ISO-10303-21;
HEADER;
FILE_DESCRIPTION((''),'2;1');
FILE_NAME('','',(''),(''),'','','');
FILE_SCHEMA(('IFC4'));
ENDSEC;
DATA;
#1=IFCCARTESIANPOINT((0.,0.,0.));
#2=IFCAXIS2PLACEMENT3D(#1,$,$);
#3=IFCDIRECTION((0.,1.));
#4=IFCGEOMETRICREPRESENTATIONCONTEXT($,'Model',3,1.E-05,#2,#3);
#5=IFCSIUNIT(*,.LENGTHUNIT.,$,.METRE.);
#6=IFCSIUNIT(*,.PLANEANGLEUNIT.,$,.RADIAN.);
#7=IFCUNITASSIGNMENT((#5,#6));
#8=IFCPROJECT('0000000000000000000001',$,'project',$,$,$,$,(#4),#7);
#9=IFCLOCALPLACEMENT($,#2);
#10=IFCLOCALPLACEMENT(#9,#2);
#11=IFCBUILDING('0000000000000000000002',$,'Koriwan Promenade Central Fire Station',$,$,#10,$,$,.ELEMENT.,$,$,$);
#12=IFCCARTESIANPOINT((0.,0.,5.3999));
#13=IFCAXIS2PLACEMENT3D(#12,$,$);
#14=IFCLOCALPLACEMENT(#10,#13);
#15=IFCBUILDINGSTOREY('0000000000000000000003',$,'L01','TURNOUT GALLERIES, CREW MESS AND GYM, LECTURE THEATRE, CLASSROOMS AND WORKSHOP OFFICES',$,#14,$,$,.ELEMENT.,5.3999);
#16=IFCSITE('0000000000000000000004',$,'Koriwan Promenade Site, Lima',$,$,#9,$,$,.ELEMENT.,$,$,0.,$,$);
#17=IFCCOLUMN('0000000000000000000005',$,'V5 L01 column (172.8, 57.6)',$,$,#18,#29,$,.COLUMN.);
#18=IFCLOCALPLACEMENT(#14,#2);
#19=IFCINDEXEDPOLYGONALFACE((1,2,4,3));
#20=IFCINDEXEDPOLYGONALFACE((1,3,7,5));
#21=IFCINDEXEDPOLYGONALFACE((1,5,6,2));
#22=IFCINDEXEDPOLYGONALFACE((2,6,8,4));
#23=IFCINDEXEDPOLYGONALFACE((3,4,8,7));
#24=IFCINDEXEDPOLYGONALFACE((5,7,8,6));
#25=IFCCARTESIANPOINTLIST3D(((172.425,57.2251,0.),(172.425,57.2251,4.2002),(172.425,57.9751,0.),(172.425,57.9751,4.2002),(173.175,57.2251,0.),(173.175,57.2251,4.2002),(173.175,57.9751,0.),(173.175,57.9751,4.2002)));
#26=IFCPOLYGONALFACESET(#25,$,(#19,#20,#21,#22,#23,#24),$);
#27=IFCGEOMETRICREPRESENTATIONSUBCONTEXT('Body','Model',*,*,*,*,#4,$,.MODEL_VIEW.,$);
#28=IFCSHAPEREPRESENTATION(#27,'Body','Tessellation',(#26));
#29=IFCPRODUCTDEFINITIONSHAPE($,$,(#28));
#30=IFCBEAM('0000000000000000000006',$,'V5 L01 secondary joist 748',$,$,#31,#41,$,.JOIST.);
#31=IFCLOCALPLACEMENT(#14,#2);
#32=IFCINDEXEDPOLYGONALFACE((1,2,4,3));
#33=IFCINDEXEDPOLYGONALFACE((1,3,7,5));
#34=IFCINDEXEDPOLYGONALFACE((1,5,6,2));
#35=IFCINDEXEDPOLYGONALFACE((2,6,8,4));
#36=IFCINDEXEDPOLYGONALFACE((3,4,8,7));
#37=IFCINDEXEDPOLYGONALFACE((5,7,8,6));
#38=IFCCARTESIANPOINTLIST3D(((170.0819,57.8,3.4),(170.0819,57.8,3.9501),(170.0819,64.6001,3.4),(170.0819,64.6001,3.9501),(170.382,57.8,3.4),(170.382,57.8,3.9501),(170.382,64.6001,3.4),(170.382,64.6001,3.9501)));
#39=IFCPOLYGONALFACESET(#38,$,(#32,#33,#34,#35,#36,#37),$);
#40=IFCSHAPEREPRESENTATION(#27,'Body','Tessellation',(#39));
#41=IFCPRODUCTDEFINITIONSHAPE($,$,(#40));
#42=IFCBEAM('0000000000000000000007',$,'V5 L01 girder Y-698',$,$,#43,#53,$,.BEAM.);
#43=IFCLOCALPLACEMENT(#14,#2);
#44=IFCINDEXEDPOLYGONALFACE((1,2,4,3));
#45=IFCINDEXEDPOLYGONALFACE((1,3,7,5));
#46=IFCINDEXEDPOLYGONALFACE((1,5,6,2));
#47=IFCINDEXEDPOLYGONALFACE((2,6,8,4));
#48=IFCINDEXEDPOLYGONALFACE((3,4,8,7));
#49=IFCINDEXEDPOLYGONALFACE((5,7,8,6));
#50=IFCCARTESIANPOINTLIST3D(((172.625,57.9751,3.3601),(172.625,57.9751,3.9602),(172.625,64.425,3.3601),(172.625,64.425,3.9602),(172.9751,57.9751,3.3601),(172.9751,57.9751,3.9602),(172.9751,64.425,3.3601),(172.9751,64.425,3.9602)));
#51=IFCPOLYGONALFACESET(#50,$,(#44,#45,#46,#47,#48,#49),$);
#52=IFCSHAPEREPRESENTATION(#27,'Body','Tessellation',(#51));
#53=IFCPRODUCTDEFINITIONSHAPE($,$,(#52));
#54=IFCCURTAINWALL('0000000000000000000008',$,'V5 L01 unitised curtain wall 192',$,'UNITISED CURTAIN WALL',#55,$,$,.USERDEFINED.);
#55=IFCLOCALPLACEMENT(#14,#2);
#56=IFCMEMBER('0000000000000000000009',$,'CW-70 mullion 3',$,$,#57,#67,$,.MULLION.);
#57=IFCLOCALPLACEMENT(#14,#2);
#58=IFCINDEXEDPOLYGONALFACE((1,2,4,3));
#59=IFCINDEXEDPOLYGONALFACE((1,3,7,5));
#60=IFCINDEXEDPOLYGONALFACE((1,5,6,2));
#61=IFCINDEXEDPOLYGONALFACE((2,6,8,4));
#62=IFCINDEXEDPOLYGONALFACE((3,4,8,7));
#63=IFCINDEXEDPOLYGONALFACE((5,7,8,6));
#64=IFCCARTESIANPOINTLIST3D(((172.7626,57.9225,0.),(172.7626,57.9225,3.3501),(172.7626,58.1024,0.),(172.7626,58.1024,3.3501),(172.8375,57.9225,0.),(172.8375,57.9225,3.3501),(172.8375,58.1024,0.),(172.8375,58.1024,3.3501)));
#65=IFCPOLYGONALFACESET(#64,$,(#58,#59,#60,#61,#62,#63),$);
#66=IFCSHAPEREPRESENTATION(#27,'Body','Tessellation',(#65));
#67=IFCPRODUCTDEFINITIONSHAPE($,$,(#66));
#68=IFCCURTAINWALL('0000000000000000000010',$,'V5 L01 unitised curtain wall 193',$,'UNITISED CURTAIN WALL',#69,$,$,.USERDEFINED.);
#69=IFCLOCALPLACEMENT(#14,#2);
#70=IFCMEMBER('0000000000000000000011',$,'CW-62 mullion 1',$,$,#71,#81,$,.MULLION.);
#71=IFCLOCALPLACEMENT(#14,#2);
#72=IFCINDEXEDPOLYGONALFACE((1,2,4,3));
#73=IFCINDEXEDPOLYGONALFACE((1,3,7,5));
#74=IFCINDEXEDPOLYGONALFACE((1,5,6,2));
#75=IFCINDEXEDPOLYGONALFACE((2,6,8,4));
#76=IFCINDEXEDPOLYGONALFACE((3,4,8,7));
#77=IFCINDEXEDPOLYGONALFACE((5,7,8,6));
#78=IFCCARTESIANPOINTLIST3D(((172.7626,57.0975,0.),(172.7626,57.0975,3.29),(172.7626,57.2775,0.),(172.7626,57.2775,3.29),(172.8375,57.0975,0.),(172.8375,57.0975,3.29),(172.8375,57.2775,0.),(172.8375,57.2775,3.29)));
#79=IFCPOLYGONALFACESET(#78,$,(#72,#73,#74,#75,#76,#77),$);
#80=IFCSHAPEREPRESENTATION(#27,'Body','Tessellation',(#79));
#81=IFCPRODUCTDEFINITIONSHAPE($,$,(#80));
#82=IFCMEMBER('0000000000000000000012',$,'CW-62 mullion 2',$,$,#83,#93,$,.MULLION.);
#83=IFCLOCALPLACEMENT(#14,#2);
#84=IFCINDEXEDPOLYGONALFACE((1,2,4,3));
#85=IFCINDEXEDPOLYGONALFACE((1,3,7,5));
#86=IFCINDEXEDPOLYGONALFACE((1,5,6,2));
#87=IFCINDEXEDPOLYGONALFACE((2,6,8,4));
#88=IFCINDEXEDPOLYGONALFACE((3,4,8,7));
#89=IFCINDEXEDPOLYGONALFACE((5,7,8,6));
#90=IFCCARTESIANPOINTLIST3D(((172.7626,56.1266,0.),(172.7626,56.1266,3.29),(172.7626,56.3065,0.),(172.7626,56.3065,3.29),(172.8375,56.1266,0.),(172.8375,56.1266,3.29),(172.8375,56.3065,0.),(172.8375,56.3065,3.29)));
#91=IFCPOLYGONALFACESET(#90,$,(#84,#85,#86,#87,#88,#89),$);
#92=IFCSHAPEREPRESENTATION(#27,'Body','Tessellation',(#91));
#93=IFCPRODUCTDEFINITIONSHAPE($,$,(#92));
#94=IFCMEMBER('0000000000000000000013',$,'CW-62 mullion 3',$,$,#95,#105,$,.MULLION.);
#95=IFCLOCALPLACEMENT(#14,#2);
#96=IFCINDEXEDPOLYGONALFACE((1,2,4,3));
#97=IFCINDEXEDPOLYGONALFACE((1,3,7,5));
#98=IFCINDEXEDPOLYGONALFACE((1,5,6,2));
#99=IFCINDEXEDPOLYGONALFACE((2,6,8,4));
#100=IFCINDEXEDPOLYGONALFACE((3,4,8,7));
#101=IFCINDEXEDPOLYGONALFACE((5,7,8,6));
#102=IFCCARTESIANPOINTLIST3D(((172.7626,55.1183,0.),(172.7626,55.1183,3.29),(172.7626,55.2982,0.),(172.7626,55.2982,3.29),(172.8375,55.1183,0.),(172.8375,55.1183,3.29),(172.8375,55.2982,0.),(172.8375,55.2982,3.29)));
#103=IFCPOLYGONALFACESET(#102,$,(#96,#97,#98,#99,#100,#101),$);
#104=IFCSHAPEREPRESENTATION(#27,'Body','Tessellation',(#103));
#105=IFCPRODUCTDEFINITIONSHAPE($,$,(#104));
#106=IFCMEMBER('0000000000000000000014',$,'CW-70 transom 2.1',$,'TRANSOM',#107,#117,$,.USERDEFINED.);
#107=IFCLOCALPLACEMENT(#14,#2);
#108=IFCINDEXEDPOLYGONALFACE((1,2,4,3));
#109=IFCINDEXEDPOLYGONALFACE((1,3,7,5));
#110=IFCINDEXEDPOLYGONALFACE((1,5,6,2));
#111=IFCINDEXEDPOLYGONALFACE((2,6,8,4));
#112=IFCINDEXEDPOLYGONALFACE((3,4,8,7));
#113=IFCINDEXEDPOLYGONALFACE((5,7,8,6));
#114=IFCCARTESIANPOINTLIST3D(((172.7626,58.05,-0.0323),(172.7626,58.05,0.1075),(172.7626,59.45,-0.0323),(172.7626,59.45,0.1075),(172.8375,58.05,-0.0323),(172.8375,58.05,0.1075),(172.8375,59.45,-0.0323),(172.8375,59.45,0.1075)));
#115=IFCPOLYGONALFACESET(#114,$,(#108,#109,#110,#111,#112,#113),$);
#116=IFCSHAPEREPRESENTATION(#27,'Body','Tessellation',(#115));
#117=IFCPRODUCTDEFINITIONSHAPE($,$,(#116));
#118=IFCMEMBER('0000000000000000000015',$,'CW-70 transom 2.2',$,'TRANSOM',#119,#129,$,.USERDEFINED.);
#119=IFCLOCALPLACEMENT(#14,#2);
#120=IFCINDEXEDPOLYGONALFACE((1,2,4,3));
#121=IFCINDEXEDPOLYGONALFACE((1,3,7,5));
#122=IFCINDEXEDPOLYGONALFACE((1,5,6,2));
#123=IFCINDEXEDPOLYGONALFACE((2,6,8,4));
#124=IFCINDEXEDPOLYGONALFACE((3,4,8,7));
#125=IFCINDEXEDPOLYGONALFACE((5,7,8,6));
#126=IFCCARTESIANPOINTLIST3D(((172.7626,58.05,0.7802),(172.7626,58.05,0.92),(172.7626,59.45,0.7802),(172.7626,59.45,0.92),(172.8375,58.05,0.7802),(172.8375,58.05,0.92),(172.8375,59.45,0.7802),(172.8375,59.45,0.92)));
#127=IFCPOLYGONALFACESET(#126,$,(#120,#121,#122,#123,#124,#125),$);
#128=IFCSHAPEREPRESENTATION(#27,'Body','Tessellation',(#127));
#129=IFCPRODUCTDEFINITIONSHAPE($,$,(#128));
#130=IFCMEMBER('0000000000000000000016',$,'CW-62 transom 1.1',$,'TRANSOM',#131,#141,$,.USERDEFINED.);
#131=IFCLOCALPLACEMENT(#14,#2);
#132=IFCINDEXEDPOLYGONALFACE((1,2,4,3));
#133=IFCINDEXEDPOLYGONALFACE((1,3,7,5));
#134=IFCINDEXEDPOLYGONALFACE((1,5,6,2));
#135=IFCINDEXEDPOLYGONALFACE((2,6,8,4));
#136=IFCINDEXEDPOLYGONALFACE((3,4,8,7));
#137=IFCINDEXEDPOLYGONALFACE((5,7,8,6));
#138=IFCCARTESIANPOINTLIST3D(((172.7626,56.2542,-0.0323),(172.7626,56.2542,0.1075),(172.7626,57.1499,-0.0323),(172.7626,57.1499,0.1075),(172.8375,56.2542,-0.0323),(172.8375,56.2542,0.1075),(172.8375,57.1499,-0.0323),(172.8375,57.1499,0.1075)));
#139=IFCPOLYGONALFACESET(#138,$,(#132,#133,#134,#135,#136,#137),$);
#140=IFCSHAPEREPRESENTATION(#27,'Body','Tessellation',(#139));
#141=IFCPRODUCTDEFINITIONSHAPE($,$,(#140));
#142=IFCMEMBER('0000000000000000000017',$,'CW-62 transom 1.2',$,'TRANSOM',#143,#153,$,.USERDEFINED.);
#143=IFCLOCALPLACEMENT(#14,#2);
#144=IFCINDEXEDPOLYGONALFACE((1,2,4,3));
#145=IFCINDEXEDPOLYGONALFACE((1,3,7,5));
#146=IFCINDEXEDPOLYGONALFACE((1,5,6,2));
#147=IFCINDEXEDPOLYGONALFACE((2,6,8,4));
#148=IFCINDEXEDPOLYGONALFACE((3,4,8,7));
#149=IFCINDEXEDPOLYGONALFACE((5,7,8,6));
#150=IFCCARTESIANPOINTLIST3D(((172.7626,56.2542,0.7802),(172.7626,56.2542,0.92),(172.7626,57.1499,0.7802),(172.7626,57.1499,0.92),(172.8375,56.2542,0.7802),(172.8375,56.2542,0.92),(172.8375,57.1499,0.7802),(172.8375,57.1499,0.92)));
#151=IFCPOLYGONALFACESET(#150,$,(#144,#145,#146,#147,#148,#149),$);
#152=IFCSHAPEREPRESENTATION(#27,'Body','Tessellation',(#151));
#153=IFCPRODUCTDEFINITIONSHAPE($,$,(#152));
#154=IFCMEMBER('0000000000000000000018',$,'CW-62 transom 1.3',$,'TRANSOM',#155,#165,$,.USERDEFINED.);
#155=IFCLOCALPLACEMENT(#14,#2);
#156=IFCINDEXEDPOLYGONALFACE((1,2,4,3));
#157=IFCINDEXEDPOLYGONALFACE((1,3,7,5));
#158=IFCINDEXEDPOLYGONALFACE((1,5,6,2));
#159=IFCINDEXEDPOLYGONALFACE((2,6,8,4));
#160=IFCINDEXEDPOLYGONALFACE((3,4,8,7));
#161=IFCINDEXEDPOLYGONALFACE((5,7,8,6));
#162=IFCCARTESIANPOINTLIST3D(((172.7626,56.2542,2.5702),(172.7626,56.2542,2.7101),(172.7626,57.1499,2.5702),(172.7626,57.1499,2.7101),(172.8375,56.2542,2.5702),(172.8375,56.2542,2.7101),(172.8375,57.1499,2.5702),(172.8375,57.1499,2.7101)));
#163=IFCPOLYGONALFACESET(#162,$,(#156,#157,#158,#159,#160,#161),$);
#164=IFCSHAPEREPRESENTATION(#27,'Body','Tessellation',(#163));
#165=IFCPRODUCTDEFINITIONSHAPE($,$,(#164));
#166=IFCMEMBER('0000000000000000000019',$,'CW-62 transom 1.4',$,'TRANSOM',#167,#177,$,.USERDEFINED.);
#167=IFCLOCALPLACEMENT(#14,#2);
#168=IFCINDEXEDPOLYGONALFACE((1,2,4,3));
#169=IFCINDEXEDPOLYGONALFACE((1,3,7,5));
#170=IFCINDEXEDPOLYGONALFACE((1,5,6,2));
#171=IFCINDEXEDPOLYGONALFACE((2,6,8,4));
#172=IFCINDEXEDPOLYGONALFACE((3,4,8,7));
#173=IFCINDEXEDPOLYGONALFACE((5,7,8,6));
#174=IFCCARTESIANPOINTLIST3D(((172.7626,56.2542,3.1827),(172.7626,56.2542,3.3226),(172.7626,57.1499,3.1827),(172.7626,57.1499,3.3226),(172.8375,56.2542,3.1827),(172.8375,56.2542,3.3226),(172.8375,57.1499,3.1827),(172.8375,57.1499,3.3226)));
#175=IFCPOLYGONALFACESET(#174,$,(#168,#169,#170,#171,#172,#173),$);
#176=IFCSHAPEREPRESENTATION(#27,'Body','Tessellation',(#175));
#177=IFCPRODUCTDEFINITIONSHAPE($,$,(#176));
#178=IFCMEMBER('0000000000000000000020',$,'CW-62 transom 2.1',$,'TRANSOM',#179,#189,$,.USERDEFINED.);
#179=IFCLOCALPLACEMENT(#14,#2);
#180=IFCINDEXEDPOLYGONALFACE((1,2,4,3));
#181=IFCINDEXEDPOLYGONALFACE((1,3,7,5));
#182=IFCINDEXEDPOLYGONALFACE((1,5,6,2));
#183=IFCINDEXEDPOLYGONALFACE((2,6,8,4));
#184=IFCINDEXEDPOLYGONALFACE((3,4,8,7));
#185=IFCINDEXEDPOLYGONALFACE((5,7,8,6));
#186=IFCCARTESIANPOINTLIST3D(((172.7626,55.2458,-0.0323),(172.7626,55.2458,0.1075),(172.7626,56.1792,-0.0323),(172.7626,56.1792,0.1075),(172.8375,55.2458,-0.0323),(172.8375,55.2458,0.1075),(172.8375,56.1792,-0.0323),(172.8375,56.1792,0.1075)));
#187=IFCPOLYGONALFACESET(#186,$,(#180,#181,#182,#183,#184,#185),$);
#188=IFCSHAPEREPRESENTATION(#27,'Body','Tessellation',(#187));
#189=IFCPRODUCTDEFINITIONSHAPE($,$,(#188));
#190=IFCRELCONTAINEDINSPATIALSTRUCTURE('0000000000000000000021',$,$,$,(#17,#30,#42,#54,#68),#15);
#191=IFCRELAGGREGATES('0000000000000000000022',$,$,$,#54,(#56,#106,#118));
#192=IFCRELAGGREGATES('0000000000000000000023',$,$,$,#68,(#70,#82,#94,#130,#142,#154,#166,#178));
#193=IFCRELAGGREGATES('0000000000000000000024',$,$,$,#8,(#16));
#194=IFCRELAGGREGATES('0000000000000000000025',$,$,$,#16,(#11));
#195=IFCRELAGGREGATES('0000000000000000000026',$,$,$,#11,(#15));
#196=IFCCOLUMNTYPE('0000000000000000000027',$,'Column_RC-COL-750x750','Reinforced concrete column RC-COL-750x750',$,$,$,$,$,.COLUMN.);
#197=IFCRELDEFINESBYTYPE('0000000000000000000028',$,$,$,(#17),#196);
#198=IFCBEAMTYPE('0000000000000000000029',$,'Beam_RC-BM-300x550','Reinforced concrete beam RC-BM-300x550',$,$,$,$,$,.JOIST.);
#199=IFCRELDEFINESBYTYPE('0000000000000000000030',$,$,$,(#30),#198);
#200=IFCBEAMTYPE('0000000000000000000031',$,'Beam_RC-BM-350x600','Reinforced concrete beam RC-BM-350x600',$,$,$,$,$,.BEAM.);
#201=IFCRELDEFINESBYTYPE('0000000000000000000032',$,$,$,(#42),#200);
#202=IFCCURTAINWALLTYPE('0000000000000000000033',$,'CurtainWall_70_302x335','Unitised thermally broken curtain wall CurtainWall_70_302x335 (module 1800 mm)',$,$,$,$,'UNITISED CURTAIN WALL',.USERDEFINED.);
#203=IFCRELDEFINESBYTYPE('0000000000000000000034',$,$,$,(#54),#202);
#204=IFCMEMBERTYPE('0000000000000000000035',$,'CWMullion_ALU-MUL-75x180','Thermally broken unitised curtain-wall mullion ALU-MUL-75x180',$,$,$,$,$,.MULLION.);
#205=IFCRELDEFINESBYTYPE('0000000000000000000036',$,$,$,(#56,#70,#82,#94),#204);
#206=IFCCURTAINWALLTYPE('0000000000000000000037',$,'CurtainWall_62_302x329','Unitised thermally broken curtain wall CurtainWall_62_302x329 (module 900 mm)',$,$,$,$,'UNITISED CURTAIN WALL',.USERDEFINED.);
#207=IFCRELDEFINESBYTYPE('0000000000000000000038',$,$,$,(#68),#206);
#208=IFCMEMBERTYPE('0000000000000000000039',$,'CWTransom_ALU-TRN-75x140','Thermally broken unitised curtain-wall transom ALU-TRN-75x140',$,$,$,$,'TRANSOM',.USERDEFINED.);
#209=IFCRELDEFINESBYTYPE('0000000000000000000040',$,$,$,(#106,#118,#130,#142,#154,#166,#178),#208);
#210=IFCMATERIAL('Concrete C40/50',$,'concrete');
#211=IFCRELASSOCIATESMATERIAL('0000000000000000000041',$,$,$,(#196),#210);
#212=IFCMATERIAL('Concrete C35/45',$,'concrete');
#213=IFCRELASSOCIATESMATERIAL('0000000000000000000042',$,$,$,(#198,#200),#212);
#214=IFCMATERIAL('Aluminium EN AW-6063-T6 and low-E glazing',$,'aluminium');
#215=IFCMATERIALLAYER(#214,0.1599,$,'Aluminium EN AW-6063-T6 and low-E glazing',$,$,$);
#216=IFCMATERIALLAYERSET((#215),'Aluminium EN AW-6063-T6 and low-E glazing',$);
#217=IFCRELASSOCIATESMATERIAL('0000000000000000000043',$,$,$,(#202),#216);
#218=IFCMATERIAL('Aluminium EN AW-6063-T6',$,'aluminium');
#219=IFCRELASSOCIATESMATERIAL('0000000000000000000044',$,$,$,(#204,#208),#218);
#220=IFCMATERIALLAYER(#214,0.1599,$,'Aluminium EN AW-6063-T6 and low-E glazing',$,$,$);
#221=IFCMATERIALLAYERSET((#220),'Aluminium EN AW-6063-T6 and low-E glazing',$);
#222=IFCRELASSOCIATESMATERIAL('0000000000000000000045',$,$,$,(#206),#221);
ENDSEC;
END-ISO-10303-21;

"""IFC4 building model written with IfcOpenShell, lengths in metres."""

from ifc_helpers import new_model, si_unit, direction, frame, origin, origin_2d, place, context, subcontext, project, spatial, rectangle, extrude, material, layer, layer_set, material_profile, profile_set, type_object, element, aggregate, save


model = new_model("IFC4")

# Units and contexts
model_context = context("Model", 3, precision=1e-05, world=origin(), true_north=direction((0.0, 1.0)))
body_context = subcontext(model_context, "Body", "Model", "MODEL_VIEW")
ifc_project = project(units=[si_unit("LENGTHUNIT", "METRE"), si_unit("PLANEANGLEUNIT", "RADIAN")], contexts=[model_context])

# Site, building, storey
site_placement = place(None, origin())
site = spatial("IfcSite", under=ifc_project, at=site_placement, Name="Koriwan Promenade Site, Lima", CompositionType="ELEMENT", RefElevation=0.0)
building_placement = place(site_placement, origin())
building = spatial("IfcBuilding", under=site, at=building_placement, Name="Koriwan Promenade Central Fire Station", CompositionType="ELEMENT")
storey_placement = place(building_placement, frame((0.0, 0.0, 5.3999)))
storey = spatial("IfcBuildingStorey", under=building, at=storey_placement, Name="L01", Description="TURNOUT GALLERIES, CREW MESS AND GYM, LECTURE THEATRE, CLASSROOMS AND WORKSHOP OFFICES", CompositionType="ELEMENT", Elevation=5.3999)

# Column
ifc_material_1 = material(Name="Concrete C40/50", Category="concrete")
ifc_material_profile_1 = material_profile(ifc_material_1, rectangle(XDim=0.75, YDim=0.75, at=origin_2d()), Name="RC-COL-750x750")
ifc_profile_set_1 = profile_set([ifc_material_profile_1], Name="Concrete C40/50")
column_type = type_object("IfcColumnType", Name="Column_RC-COL-750x750", Description="Reinforced concrete column RC-COL-750x750", PredefinedType="COLUMN", material=ifc_profile_set_1)
column_placement = place(storey_placement, frame((172.8, 57.6001, 0.0), z_axis=(0.0, 0.0, 1.0), x_axis=(1.0, 0.0, 0.0)))
element("IfcColumn", 1, at=column_placement, inside=storey, type_object=column_type, Name="V5 L01 column (172.8, 57.6)", PredefinedType="COLUMN", context=body_context, shape_type="SweptSolid", body=[
    extrude(rectangle(XDim=0.75, YDim=0.75, at=origin_2d()), origin(), (0.0, 0.0, 1.0), 4.2002),
])

# Beams
ifc_material_2 = material(Name="Concrete C35/45", Category="concrete")
ifc_material_profile_2 = material_profile(ifc_material_2, rectangle(XDim=0.3, YDim=0.55, at=origin_2d()), Name="RC-BM-300x550")
ifc_profile_set_2 = profile_set([ifc_material_profile_2], Name="Concrete C35/45")
beam_type_1 = type_object("IfcBeamType", Name="Beam_RC-BM-300x550", Description="Reinforced concrete beam RC-BM-300x550", PredefinedType="JOIST", material=ifc_profile_set_2)
beam_1_placement = place(storey_placement, frame((170.2319, 57.8, 3.675), z_axis=(0.0, 1.0, 0.0), x_axis=(-1.0, 0.0, 0.0)))
element("IfcBeam", 2, at=beam_1_placement, inside=storey, type_object=beam_type_1, Name="V5 L01 secondary joist 748", PredefinedType="JOIST", context=body_context, shape_type="SweptSolid", body=[
    extrude(rectangle(XDim=0.3, YDim=0.55, at=origin_2d()), origin(), (0.0, 0.0, 1.0), 6.8),
])
ifc_material_profile_3 = material_profile(ifc_material_2, rectangle(XDim=0.3501, YDim=0.6001, at=origin_2d()), Name="RC-BM-350x600")
ifc_profile_set_3 = profile_set([ifc_material_profile_3], Name="Concrete C35/45")
beam_type_2 = type_object("IfcBeamType", Name="Beam_RC-BM-350x600", Description="Reinforced concrete beam RC-BM-350x600", PredefinedType="BEAM", material=ifc_profile_set_3)
beam_2_placement = place(storey_placement, frame((172.8, 57.9751, 3.6602), z_axis=(0.0, 1.0, 0.0), x_axis=(-1.0, 0.0, 0.0)))
element("IfcBeam", 3, at=beam_2_placement, inside=storey, type_object=beam_type_2, Name="V5 L01 girder Y-698", PredefinedType="BEAM", context=body_context, shape_type="SweptSolid", body=[
    extrude(rectangle(XDim=0.3501, YDim=0.6001, at=origin_2d()), origin(), (0.0, 0.0, 1.0), 6.45),
])

# Curtain wall, member
ifc_material_3 = material(Name="Aluminium EN AW-6063-T6 and low-E glazing", Category="aluminium")
ifc_layer_1 = layer(ifc_material_3, 0.1599, Name="Aluminium EN AW-6063-T6 and low-E glazing")
ifc_layer_set_1 = layer_set([ifc_layer_1], Name="Aluminium EN AW-6063-T6 and low-E glazing")
curtain_wall_type_1 = type_object("IfcCurtainWallType", Name="CurtainWall_70_302x335", Description="Unitised thermally broken curtain wall CurtainWall_70_302x335 (module 1800 mm)", ElementType="UNITISED CURTAIN WALL", PredefinedType="USERDEFINED", material=ifc_layer_set_1)
curtain_wall_1_placement = place(storey_placement, origin())
curtain_wall_1 = element("IfcCurtainWall", 4, at=curtain_wall_1_placement, inside=storey, type_object=curtain_wall_type_1, Name="V5 L01 unitised curtain wall 192", ObjectType="UNITISED CURTAIN WALL", PredefinedType="USERDEFINED")
ifc_material_4 = material(Name="Aluminium EN AW-6063-T6", Category="aluminium")
ifc_material_profile_4 = material_profile(ifc_material_4, rectangle(XDim=0.075, YDim=0.1799, at=origin_2d()), Name="ALU-MUL-75x180")
ifc_profile_set_4 = profile_set([ifc_material_profile_4], Name="Aluminium EN AW-6063-T6")
member_type_1 = type_object("IfcMemberType", Name="CWMullion_ALU-MUL-75x180", Description="Thermally broken unitised curtain-wall mullion ALU-MUL-75x180", PredefinedType="MULLION", material=ifc_profile_set_4)
member_1_placement = place(storey_placement, frame((172.8, 58.0125, 0.0), z_axis=(0.0, 0.0, 1.0), x_axis=(1.0, 0.0, 0.0)))
member_1 = element("IfcMember", 5, at=member_1_placement, type_object=member_type_1, Name="CW-70 mullion 3", PredefinedType="MULLION", context=body_context, shape_type="SweptSolid", body=[
    extrude(rectangle(XDim=0.075, YDim=0.1799, at=origin_2d()), origin(), (0.0, 0.0, 1.0), 3.3501),
])

# Curtain wall, members
ifc_layer_2 = layer(ifc_material_3, 0.1599, Name="Aluminium EN AW-6063-T6 and low-E glazing")
ifc_layer_set_2 = layer_set([ifc_layer_2], Name="Aluminium EN AW-6063-T6 and low-E glazing")
curtain_wall_type_2 = type_object("IfcCurtainWallType", Name="CurtainWall_62_302x329", Description="Unitised thermally broken curtain wall CurtainWall_62_302x329 (module 900 mm)", ElementType="UNITISED CURTAIN WALL", PredefinedType="USERDEFINED", material=ifc_layer_set_2)
curtain_wall_2_placement = place(storey_placement, origin())
curtain_wall_2 = element("IfcCurtainWall", 6, at=curtain_wall_2_placement, inside=storey, type_object=curtain_wall_type_2, Name="V5 L01 unitised curtain wall 193", ObjectType="UNITISED CURTAIN WALL", PredefinedType="USERDEFINED")
member_2_placement = place(storey_placement, frame((172.8, 57.1875, 0.0), z_axis=(0.0, 0.0, 1.0), x_axis=(1.0, 0.0, 0.0)))
member_2 = element("IfcMember", 7, at=member_2_placement, type_object=member_type_1, Name="CW-62 mullion 1", PredefinedType="MULLION", context=body_context, shape_type="SweptSolid", body=[
    extrude(rectangle(XDim=0.075, YDim=0.1799, at=origin_2d()), origin(), (0.0, 0.0, 1.0), 3.29),
])
member_3_placement = place(storey_placement, frame((172.8, 56.2166, 0.0), z_axis=(0.0, 0.0, 1.0), x_axis=(1.0, 0.0, 0.0)))
member_3 = element("IfcMember", 8, at=member_3_placement, type_object=member_type_1, Name="CW-62 mullion 2", PredefinedType="MULLION", context=body_context, shape_type="SweptSolid", body=[
    extrude(rectangle(XDim=0.075, YDim=0.1799, at=origin_2d()), origin(), (0.0, 0.0, 1.0), 3.29),
])
member_4_placement = place(storey_placement, frame((172.8, 55.2083, 0.0), z_axis=(0.0, 0.0, 1.0), x_axis=(1.0, 0.0, 0.0)))
member_4 = element("IfcMember", 9, at=member_4_placement, type_object=member_type_1, Name="CW-62 mullion 3", PredefinedType="MULLION", context=body_context, shape_type="SweptSolid", body=[
    extrude(rectangle(XDim=0.075, YDim=0.1799, at=origin_2d()), origin(), (0.0, 0.0, 1.0), 3.29),
])

# Members
ifc_material_profile_5 = material_profile(ifc_material_4, rectangle(XDim=0.075, YDim=0.1399, at=origin_2d()), Name="ALU-TRN-75x140")
ifc_profile_set_5 = profile_set([ifc_material_profile_5], Name="Aluminium EN AW-6063-T6")
member_type_2 = type_object("IfcMemberType", Name="CWTransom_ALU-TRN-75x140", Description="Thermally broken unitised curtain-wall transom ALU-TRN-75x140", ElementType="TRANSOM", PredefinedType="USERDEFINED", material=ifc_profile_set_5)
member_5_placement = place(storey_placement, frame((172.8, 59.45, 0.0376), z_axis=(0.0, -1.0, 0.0), x_axis=(1.0, 0.0, 0.0)))
member_5 = element("IfcMember", 10, at=member_5_placement, type_object=member_type_2, Name="CW-70 transom 2.1", ObjectType="TRANSOM", PredefinedType="USERDEFINED", context=body_context, shape_type="SweptSolid", body=[
    extrude(rectangle(XDim=0.075, YDim=0.1399, at=origin_2d()), origin(), (0.0, 0.0, 1.0), 1.3999),
])
member_6_placement = place(storey_placement, frame((172.8, 59.45, 0.8501), z_axis=(0.0, -1.0, 0.0), x_axis=(1.0, 0.0, 0.0)))
member_6 = element("IfcMember", 11, at=member_6_placement, type_object=member_type_2, Name="CW-70 transom 2.2", ObjectType="TRANSOM", PredefinedType="USERDEFINED", context=body_context, shape_type="SweptSolid", body=[
    extrude(rectangle(XDim=0.075, YDim=0.1399, at=origin_2d()), origin(), (0.0, 0.0, 1.0), 1.3999),
])
member_7_placement = place(storey_placement, frame((172.8, 57.1499, 0.0376), z_axis=(0.0, -1.0, 0.0), x_axis=(1.0, 0.0, 0.0)))
member_7 = element("IfcMember", 12, at=member_7_placement, type_object=member_type_2, Name="CW-62 transom 1.1", ObjectType="TRANSOM", PredefinedType="USERDEFINED", context=body_context, shape_type="SweptSolid", body=[
    extrude(rectangle(XDim=0.075, YDim=0.1399, at=origin_2d()), origin(), (0.0, 0.0, 1.0), 0.8958),
])
member_8_placement = place(storey_placement, frame((172.8, 57.1499, 0.8501), z_axis=(0.0, -1.0, 0.0), x_axis=(1.0, 0.0, 0.0)))
member_8 = element("IfcMember", 13, at=member_8_placement, type_object=member_type_2, Name="CW-62 transom 1.2", ObjectType="TRANSOM", PredefinedType="USERDEFINED", context=body_context, shape_type="SweptSolid", body=[
    extrude(rectangle(XDim=0.075, YDim=0.1399, at=origin_2d()), origin(), (0.0, 0.0, 1.0), 0.8958),
])
member_9_placement = place(storey_placement, frame((172.8, 57.1499, 2.6401), z_axis=(0.0, -1.0, 0.0), x_axis=(1.0, 0.0, 0.0)))
member_9 = element("IfcMember", 14, at=member_9_placement, type_object=member_type_2, Name="CW-62 transom 1.3", ObjectType="TRANSOM", PredefinedType="USERDEFINED", context=body_context, shape_type="SweptSolid", body=[
    extrude(rectangle(XDim=0.075, YDim=0.1399, at=origin_2d()), origin(), (0.0, 0.0, 1.0), 0.8958),
])
member_10_placement = place(storey_placement, frame((172.8, 57.1499, 3.2527), z_axis=(0.0, -1.0, 0.0), x_axis=(1.0, 0.0, 0.0)))
member_10 = element("IfcMember", 15, at=member_10_placement, type_object=member_type_2, Name="CW-62 transom 1.4", ObjectType="TRANSOM", PredefinedType="USERDEFINED", context=body_context, shape_type="SweptSolid", body=[
    extrude(rectangle(XDim=0.075, YDim=0.1399, at=origin_2d()), origin(), (0.0, 0.0, 1.0), 0.8958),
])
member_11_placement = place(storey_placement, frame((172.8, 56.1792, 0.0376), z_axis=(0.0, -1.0, 0.0), x_axis=(1.0, 0.0, 0.0)))
member_11 = element("IfcMember", 16, at=member_11_placement, type_object=member_type_2, Name="CW-62 transom 2.1", ObjectType="TRANSOM", PredefinedType="USERDEFINED", context=body_context, shape_type="SweptSolid", body=[
    extrude(rectangle(XDim=0.075, YDim=0.1399, at=origin_2d()), origin(), (0.0, 0.0, 1.0), 0.9333),
])

aggregate(curtain_wall_1, [member_1, member_5, member_6])
aggregate(curtain_wall_2, [member_2, member_3, member_4, member_7, member_8, member_9, member_10, member_11])

save(model, "model.ifc")
